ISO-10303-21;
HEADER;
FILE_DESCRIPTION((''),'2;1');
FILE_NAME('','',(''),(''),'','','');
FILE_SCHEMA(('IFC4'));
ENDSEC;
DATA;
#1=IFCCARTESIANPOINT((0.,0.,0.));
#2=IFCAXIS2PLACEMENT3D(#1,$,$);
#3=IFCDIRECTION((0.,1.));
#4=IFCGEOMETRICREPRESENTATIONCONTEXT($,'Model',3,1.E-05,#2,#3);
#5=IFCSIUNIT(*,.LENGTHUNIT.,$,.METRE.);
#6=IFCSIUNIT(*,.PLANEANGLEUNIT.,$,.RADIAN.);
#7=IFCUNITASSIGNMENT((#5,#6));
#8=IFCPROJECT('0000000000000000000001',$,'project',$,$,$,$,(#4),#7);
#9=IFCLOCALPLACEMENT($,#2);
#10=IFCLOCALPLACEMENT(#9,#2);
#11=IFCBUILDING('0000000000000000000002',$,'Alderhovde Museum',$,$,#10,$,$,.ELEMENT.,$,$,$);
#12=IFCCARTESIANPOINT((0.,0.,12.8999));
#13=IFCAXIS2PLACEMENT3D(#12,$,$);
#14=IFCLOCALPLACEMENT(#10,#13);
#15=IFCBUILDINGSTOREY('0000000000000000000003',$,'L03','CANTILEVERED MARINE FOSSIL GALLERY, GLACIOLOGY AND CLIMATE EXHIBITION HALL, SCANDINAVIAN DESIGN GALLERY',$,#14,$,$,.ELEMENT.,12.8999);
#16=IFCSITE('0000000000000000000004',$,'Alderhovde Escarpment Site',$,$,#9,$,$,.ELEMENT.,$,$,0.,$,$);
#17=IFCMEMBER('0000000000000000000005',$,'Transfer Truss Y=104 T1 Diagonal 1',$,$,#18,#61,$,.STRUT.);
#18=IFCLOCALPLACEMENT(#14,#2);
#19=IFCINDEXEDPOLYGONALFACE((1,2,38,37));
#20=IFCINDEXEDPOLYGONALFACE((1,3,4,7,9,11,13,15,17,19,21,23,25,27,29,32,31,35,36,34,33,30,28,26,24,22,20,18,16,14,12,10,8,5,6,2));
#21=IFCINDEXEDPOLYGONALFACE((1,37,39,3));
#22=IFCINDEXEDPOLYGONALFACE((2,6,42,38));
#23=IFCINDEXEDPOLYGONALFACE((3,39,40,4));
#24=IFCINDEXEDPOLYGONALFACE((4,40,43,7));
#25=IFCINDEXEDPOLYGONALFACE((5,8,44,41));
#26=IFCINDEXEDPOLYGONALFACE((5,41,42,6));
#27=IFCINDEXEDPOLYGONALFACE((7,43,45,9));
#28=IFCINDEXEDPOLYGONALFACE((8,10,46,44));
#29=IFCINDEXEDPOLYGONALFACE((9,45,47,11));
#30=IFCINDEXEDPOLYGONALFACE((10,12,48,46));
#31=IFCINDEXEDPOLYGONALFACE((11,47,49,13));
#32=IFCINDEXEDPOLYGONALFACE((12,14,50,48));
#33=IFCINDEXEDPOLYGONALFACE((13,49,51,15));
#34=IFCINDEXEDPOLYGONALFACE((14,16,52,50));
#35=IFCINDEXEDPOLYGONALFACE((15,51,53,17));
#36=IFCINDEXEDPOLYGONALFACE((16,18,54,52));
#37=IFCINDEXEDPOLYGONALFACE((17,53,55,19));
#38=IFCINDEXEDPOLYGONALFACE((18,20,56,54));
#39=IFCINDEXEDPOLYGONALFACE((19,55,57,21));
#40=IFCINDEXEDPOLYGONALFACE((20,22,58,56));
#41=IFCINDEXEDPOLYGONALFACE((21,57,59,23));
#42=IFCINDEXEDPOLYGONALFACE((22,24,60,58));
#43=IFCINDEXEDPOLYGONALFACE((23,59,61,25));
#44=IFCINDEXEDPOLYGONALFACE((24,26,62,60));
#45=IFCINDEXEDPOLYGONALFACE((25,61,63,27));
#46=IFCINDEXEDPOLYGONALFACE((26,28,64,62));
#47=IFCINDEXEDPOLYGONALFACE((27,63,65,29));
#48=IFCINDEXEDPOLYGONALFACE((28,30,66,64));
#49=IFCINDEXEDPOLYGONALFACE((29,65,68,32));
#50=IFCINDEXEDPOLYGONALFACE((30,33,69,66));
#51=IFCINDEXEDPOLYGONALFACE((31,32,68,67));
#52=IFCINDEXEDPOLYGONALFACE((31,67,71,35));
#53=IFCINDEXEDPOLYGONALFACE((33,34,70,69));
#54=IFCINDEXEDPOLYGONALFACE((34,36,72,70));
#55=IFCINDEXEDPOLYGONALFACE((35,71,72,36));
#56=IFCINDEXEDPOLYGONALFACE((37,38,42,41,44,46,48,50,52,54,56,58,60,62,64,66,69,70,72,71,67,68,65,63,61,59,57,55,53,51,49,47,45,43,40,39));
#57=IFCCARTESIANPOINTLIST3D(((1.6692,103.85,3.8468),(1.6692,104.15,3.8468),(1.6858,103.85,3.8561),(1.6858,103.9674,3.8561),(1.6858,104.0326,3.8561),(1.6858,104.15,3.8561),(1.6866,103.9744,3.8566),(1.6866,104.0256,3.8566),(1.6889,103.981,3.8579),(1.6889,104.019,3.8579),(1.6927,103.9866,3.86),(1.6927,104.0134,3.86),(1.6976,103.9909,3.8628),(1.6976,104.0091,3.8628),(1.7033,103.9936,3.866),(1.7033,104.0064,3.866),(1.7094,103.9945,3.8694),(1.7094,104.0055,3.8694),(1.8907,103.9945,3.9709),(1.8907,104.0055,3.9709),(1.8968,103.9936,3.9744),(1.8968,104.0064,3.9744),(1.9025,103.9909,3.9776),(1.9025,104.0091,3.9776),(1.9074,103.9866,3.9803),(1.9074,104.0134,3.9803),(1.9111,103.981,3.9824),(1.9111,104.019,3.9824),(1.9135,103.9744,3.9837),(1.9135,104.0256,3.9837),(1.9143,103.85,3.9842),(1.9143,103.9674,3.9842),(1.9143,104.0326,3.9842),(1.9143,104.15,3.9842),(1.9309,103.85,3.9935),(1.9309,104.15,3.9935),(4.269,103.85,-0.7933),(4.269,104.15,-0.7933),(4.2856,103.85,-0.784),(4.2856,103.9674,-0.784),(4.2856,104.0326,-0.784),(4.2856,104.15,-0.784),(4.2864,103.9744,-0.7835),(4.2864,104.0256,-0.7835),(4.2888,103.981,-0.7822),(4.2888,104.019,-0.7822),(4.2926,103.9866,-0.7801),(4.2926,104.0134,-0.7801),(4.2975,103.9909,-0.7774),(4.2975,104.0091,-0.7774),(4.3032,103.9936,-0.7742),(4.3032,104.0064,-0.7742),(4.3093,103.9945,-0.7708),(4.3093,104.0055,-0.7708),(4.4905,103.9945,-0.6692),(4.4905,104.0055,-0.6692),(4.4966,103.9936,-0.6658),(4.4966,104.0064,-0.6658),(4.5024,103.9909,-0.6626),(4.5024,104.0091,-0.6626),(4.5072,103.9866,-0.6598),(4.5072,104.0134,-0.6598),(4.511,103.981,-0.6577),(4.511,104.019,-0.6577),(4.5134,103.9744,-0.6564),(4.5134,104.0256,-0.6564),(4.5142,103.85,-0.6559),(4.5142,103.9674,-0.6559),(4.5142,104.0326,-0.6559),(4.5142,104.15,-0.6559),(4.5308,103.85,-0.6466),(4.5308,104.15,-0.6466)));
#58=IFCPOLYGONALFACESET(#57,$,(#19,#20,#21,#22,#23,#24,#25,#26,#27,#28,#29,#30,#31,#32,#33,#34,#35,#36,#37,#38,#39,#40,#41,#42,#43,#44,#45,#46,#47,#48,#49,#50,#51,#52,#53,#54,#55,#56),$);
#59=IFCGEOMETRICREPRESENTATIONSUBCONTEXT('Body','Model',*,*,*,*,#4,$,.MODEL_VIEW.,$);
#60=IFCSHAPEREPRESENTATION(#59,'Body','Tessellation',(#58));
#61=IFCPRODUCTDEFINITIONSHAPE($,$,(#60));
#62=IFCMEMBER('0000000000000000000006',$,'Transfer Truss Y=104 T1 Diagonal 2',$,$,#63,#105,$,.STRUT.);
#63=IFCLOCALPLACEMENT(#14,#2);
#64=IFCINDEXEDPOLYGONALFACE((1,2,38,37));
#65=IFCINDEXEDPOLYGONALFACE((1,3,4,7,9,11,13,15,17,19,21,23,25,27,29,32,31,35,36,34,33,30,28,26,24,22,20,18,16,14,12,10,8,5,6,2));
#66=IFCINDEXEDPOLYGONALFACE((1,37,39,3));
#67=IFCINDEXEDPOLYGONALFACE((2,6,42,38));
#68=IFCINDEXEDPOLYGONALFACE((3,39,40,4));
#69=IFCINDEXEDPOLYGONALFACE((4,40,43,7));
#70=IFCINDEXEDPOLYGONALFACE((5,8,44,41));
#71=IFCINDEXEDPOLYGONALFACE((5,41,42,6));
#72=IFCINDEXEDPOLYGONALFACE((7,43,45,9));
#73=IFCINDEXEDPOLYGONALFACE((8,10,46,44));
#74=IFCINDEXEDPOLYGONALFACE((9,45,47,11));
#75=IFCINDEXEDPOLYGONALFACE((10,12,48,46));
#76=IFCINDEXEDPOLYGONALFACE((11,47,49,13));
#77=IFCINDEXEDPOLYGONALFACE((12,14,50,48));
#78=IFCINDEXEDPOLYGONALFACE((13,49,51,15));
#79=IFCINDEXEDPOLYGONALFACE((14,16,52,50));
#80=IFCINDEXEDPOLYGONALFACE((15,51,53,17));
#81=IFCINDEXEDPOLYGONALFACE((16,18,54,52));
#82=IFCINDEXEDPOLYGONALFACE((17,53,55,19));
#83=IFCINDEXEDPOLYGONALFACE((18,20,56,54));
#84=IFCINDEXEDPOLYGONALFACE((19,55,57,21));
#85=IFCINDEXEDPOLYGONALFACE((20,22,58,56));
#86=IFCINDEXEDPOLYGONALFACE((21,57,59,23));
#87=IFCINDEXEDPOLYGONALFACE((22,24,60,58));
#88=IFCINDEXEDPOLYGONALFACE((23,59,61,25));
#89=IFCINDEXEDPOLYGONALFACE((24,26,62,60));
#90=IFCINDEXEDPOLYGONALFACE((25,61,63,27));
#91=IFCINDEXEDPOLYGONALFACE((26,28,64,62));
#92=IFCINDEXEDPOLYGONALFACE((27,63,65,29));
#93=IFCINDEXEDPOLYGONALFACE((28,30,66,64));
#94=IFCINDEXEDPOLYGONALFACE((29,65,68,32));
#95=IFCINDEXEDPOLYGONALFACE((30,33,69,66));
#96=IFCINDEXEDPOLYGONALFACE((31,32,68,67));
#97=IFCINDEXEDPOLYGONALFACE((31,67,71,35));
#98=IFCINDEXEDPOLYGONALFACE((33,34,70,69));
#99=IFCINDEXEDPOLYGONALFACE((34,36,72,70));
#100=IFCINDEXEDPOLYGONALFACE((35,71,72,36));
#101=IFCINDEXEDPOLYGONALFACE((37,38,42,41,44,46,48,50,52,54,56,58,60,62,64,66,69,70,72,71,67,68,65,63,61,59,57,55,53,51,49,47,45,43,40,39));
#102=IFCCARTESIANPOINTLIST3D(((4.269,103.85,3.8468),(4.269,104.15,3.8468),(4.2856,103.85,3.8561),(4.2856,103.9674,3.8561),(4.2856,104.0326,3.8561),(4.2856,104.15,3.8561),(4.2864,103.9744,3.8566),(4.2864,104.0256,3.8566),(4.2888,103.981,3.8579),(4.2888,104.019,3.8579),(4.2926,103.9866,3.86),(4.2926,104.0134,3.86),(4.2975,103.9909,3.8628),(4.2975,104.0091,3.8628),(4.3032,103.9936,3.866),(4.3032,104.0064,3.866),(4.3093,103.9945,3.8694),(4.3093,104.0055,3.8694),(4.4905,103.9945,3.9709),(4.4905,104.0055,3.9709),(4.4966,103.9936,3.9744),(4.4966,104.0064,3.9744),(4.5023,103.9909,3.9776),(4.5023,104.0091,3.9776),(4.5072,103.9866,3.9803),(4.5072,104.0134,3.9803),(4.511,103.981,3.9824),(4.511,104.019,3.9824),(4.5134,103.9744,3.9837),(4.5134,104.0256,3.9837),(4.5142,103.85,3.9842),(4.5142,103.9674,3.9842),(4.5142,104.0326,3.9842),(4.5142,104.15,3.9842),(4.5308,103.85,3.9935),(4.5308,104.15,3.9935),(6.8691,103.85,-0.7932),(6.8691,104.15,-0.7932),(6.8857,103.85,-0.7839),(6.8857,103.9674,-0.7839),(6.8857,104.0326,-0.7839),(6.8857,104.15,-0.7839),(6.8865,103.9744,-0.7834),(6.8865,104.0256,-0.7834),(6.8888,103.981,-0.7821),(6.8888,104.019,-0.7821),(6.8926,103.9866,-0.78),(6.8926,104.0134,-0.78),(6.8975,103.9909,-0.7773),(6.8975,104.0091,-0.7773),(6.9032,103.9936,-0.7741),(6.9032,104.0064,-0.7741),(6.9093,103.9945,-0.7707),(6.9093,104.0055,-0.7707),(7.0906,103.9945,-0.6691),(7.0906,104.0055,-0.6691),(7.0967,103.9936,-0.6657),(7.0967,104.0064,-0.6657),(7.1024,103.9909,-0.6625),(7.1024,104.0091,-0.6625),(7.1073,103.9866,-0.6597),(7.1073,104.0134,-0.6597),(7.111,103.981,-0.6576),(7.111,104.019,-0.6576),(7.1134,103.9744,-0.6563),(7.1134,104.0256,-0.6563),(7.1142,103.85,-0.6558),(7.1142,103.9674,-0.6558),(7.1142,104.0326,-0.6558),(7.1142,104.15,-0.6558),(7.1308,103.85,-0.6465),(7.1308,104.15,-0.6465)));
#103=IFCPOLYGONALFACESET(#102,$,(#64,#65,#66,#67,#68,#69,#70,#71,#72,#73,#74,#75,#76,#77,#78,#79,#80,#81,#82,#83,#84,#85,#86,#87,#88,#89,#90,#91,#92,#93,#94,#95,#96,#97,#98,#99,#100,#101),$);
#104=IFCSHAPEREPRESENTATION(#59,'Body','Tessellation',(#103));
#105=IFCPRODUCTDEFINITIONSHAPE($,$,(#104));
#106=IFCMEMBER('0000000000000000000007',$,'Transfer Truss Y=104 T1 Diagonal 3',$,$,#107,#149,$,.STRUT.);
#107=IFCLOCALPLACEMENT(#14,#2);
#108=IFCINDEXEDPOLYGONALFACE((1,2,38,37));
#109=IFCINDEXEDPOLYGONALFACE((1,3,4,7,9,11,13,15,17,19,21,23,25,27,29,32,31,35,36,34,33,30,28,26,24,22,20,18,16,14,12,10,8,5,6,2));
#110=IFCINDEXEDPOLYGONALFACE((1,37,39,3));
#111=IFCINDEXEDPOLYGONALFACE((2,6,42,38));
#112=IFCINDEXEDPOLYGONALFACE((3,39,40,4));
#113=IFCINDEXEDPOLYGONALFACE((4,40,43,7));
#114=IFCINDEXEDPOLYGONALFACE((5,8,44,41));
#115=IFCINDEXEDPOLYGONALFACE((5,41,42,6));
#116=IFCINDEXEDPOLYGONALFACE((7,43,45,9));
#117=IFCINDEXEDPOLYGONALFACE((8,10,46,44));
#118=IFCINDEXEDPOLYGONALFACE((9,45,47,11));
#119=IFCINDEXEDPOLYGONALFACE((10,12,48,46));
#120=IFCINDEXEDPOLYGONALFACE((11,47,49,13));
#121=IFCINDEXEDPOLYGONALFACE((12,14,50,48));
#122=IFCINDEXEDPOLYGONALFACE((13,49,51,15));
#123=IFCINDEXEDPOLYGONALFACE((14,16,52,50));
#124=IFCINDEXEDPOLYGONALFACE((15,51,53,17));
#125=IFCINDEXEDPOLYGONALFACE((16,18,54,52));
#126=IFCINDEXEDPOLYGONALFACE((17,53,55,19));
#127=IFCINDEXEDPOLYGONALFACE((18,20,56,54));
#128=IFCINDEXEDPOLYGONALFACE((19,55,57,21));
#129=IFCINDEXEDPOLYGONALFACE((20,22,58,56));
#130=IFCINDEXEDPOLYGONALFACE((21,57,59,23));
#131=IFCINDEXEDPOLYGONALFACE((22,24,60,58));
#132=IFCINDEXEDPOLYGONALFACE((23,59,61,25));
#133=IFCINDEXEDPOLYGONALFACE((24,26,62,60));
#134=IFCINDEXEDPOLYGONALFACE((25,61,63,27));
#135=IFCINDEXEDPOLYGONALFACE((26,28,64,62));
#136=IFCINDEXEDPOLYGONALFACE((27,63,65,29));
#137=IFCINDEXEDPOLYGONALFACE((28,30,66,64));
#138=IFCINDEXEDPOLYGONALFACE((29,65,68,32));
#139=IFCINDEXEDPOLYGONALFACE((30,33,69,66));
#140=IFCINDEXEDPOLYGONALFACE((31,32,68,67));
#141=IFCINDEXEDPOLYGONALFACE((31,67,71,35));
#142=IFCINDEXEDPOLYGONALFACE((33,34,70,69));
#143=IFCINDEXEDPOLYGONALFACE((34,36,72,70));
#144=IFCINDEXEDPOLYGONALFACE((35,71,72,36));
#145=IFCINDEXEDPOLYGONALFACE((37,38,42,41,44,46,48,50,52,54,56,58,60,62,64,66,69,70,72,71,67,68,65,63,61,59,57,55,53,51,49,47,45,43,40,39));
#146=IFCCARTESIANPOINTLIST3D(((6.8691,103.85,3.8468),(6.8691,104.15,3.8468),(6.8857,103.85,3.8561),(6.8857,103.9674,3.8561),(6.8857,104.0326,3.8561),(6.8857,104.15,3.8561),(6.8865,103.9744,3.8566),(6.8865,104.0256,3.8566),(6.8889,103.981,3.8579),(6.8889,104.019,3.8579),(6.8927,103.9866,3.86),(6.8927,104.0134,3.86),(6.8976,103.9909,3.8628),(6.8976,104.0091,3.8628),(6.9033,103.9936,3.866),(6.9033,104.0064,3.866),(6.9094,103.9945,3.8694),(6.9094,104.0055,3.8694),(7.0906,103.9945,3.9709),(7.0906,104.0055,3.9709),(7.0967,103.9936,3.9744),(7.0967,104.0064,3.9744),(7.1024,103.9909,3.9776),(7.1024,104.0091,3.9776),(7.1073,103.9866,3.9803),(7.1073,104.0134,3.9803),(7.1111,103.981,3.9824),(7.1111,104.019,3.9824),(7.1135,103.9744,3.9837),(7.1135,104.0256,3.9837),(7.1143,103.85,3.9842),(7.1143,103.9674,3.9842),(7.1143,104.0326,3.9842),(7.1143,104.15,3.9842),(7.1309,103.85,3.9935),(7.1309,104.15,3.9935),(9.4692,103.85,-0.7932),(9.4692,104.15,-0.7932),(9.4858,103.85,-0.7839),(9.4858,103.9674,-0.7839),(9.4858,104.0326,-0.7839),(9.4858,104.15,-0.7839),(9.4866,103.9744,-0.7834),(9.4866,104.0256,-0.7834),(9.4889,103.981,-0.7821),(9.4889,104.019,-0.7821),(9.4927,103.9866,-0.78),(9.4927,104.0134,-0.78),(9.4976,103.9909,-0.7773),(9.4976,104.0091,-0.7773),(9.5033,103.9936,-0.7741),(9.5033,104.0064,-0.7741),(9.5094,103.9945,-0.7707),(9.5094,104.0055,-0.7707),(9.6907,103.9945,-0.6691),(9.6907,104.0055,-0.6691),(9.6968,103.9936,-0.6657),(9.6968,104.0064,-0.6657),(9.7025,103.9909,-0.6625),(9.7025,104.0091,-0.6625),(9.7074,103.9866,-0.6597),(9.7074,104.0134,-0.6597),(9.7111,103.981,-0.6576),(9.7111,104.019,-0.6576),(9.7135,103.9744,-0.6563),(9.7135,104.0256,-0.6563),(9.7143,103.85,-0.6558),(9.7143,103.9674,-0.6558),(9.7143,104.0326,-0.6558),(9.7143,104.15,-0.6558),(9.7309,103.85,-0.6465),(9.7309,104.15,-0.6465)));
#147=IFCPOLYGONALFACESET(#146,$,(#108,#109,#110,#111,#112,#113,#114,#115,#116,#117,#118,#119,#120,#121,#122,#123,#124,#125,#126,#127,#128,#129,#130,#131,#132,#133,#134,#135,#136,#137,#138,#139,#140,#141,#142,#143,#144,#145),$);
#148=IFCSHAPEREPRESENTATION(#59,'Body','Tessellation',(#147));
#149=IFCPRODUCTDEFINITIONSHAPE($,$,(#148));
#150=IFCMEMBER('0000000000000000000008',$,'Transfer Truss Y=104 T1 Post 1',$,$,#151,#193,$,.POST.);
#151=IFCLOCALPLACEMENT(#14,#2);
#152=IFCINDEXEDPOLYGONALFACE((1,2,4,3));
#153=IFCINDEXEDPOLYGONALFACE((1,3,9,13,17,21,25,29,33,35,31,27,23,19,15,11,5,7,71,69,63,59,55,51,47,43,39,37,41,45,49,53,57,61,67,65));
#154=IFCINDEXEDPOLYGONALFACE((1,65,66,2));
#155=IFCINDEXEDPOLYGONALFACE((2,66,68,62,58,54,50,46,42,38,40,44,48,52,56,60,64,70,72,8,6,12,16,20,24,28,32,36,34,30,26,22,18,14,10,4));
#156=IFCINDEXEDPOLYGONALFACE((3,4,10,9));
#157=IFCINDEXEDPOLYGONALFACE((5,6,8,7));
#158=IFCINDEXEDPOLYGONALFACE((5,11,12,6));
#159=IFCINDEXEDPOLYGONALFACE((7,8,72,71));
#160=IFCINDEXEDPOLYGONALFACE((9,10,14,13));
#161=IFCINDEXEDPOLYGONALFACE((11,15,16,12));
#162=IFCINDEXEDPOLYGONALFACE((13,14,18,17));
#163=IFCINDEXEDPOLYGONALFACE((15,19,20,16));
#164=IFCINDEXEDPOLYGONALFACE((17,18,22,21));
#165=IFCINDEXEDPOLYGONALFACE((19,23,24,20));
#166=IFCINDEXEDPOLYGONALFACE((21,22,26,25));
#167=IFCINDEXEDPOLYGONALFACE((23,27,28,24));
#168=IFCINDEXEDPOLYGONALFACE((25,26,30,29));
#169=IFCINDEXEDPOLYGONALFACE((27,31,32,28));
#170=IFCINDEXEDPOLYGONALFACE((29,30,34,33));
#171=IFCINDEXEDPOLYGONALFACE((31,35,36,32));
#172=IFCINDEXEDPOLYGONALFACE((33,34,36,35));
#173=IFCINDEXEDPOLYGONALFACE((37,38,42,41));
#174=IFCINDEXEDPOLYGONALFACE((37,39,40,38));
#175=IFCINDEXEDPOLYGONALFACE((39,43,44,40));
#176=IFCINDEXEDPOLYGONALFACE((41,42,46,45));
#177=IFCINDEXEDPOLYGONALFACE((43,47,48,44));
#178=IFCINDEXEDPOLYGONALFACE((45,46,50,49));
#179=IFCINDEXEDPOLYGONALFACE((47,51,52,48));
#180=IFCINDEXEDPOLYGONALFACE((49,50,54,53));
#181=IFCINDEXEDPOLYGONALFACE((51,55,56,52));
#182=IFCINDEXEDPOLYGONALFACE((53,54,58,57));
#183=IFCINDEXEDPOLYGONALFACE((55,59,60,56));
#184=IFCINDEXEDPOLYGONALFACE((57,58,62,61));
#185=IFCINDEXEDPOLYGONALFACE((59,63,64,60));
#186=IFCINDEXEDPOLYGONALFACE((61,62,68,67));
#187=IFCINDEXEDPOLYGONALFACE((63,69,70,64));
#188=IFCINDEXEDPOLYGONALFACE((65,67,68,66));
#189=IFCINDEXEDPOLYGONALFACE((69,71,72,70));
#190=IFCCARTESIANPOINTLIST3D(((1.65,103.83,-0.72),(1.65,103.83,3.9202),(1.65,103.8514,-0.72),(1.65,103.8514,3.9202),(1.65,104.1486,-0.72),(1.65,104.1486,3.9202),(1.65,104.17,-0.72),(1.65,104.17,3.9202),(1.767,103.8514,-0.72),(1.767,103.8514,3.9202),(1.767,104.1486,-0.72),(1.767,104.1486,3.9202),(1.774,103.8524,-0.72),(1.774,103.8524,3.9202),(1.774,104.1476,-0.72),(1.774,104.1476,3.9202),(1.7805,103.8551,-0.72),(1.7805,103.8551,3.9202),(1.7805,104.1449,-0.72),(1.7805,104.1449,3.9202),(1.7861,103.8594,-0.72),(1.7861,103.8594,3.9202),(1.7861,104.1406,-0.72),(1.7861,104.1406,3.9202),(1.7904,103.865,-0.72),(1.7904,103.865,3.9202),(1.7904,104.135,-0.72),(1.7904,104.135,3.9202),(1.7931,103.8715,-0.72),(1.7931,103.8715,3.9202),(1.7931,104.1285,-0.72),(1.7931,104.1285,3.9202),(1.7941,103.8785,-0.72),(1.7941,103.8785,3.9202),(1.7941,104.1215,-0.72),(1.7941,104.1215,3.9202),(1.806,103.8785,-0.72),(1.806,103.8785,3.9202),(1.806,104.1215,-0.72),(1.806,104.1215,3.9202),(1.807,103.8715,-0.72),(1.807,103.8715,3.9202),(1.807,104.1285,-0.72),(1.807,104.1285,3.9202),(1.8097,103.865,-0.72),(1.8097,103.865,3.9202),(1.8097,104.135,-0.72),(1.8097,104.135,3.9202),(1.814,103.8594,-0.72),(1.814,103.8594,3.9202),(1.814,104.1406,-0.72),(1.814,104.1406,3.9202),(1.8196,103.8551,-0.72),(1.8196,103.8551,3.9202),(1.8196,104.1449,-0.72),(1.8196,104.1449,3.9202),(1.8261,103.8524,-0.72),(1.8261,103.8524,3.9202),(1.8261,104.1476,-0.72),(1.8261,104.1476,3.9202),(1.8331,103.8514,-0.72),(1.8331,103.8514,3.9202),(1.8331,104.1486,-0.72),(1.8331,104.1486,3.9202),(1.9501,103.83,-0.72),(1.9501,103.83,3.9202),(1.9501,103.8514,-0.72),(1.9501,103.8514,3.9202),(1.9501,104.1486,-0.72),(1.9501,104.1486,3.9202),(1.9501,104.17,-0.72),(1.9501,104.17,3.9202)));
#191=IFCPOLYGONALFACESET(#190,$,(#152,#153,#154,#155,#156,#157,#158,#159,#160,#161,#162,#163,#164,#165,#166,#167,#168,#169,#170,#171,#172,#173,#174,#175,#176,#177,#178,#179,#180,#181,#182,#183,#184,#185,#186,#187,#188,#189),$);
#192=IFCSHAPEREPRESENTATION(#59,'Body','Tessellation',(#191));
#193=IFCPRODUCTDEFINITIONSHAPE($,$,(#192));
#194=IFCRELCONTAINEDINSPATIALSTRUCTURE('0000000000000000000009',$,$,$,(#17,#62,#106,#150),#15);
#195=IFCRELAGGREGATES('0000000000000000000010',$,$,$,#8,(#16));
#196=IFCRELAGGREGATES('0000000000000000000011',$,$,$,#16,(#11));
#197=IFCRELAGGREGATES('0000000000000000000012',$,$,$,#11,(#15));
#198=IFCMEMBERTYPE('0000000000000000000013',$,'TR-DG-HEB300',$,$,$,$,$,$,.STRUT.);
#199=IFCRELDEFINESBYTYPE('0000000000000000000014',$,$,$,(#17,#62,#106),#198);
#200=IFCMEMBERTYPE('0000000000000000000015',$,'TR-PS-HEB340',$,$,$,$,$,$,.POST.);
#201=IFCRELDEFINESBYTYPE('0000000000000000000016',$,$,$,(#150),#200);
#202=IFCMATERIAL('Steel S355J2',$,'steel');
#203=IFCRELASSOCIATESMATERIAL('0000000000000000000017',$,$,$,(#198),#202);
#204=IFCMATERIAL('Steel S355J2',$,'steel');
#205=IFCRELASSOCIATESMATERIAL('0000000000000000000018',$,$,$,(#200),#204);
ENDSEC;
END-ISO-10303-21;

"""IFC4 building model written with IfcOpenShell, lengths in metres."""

from ifc_helpers import new_model, si_unit, direction, frame, origin, origin_2d, place, context, subcontext, project, spatial, i_section, extrude, material, material_profile, profile_set, type_object, element, save


model = new_model("IFC4")

# Units and contexts
model_context = context("Model", 3, precision=1e-05, world=origin(), true_north=direction((0.0, 1.0)))
body_context = subcontext(model_context, "Body", "Model", "MODEL_VIEW")
ifc_project = project(units=[si_unit("LENGTHUNIT", "METRE"), si_unit("PLANEANGLEUNIT", "RADIAN")], contexts=[model_context])

# Site, building, storey
site_placement = place(None, origin())
site = spatial("IfcSite", under=ifc_project, at=site_placement, Name="Alderhovde Escarpment Site", CompositionType="ELEMENT", RefElevation=0.0)
building_placement = place(site_placement, origin())
building = spatial("IfcBuilding", under=site, at=building_placement, Name="Alderhovde Museum", CompositionType="ELEMENT")
storey_placement = place(building_placement, frame((0.0, 0.0, 12.8999)))
storey = spatial("IfcBuildingStorey", under=building, at=storey_placement, Name="L03", Description="CANTILEVERED MARINE FOSSIL GALLERY, GLACIOLOGY AND CLIMATE EXHIBITION HALL, SCANDINAVIAN DESIGN GALLERY", CompositionType="ELEMENT", Elevation=12.8999)

# Members
ifc_material_1 = material(Name="Steel S355J2", Category="steel")
ifc_material_profile_1 = material_profile(ifc_material_1, i_section(OverallWidth=0.3, OverallDepth=0.3, WebThickness=0.011, FlangeThickness=0.019, FilletRadius=0.0271, at=origin_2d()), Name="HEB 300")
ifc_profile_set_1 = profile_set([ifc_material_profile_1], Name="Steel S355J2")
member_type_1 = type_object("IfcMemberType", Name="TR-DG-HEB300", PredefinedType="STRUT", material=ifc_profile_set_1)
for number, where, z_axis, x_axis, name in (
    (1, (1.8, 104.0, 3.9202), (0.4888, 0.0, -0.872396), (0.0, 1.0, 0.0), "Transfer Truss Y=104 T1 Diagonal 1"),
    (2, (4.3999, 104.0, 3.9202), (0.488835, 0.0, -0.872376), (0.0, 1.0, 0.0), "Transfer Truss Y=104 T1 Diagonal 2"),
    (3, (7.0, 104.0, 3.9202), (0.488835, 0.0, -0.872376), (0.0, 1.0, 0.0), "Transfer Truss Y=104 T1 Diagonal 3"),
):
    element("IfcMember", number, at=place(storey_placement, frame(where, z_axis=z_axis, x_axis=x_axis)), inside=storey, type_object=member_type_1, Name=name, PredefinedType="STRUT", context=body_context, shape_type="SweptSolid", body=[
        extrude(i_section(OverallWidth=0.3, OverallDepth=0.3, WebThickness=0.011, FlangeThickness=0.019, FilletRadius=0.0271, at=origin_2d()), origin(), (0.0, 0.0, 1.0), 5.3188),
    ])
ifc_material_2 = material(Name="Steel S355J2", Category="steel")
ifc_material_profile_2 = material_profile(ifc_material_2, i_section(OverallWidth=0.3, OverallDepth=0.3401, WebThickness=0.012, FlangeThickness=0.0215, FilletRadius=0.0271, at=origin_2d()), Name="HEB 340")
ifc_profile_set_2 = profile_set([ifc_material_profile_2], Name="Steel S355J2")
member_type_2 = type_object("IfcMemberType", Name="TR-PS-HEB340", PredefinedType="POST", material=ifc_profile_set_2)
for number, where, z_axis, x_axis, name in (
    (4, (1.8, 104.0, -0.72), (0.0, 0.0, 1.0), (1.0, 0.0, 0.0), "Transfer Truss Y=104 T1 Post 1"),
):
    element("IfcMember", number, at=place(storey_placement, frame(where, z_axis=z_axis, x_axis=x_axis)), inside=storey, type_object=member_type_2, Name=name, PredefinedType="POST", context=body_context, shape_type="SweptSolid", body=[
        extrude(i_section(OverallWidth=0.3, OverallDepth=0.3401, WebThickness=0.012, FlangeThickness=0.0215, FilletRadius=0.0271, at=origin_2d()), origin(), (0.0, 0.0, 1.0), 4.6401),
    ])

save(model, "model.ifc")
